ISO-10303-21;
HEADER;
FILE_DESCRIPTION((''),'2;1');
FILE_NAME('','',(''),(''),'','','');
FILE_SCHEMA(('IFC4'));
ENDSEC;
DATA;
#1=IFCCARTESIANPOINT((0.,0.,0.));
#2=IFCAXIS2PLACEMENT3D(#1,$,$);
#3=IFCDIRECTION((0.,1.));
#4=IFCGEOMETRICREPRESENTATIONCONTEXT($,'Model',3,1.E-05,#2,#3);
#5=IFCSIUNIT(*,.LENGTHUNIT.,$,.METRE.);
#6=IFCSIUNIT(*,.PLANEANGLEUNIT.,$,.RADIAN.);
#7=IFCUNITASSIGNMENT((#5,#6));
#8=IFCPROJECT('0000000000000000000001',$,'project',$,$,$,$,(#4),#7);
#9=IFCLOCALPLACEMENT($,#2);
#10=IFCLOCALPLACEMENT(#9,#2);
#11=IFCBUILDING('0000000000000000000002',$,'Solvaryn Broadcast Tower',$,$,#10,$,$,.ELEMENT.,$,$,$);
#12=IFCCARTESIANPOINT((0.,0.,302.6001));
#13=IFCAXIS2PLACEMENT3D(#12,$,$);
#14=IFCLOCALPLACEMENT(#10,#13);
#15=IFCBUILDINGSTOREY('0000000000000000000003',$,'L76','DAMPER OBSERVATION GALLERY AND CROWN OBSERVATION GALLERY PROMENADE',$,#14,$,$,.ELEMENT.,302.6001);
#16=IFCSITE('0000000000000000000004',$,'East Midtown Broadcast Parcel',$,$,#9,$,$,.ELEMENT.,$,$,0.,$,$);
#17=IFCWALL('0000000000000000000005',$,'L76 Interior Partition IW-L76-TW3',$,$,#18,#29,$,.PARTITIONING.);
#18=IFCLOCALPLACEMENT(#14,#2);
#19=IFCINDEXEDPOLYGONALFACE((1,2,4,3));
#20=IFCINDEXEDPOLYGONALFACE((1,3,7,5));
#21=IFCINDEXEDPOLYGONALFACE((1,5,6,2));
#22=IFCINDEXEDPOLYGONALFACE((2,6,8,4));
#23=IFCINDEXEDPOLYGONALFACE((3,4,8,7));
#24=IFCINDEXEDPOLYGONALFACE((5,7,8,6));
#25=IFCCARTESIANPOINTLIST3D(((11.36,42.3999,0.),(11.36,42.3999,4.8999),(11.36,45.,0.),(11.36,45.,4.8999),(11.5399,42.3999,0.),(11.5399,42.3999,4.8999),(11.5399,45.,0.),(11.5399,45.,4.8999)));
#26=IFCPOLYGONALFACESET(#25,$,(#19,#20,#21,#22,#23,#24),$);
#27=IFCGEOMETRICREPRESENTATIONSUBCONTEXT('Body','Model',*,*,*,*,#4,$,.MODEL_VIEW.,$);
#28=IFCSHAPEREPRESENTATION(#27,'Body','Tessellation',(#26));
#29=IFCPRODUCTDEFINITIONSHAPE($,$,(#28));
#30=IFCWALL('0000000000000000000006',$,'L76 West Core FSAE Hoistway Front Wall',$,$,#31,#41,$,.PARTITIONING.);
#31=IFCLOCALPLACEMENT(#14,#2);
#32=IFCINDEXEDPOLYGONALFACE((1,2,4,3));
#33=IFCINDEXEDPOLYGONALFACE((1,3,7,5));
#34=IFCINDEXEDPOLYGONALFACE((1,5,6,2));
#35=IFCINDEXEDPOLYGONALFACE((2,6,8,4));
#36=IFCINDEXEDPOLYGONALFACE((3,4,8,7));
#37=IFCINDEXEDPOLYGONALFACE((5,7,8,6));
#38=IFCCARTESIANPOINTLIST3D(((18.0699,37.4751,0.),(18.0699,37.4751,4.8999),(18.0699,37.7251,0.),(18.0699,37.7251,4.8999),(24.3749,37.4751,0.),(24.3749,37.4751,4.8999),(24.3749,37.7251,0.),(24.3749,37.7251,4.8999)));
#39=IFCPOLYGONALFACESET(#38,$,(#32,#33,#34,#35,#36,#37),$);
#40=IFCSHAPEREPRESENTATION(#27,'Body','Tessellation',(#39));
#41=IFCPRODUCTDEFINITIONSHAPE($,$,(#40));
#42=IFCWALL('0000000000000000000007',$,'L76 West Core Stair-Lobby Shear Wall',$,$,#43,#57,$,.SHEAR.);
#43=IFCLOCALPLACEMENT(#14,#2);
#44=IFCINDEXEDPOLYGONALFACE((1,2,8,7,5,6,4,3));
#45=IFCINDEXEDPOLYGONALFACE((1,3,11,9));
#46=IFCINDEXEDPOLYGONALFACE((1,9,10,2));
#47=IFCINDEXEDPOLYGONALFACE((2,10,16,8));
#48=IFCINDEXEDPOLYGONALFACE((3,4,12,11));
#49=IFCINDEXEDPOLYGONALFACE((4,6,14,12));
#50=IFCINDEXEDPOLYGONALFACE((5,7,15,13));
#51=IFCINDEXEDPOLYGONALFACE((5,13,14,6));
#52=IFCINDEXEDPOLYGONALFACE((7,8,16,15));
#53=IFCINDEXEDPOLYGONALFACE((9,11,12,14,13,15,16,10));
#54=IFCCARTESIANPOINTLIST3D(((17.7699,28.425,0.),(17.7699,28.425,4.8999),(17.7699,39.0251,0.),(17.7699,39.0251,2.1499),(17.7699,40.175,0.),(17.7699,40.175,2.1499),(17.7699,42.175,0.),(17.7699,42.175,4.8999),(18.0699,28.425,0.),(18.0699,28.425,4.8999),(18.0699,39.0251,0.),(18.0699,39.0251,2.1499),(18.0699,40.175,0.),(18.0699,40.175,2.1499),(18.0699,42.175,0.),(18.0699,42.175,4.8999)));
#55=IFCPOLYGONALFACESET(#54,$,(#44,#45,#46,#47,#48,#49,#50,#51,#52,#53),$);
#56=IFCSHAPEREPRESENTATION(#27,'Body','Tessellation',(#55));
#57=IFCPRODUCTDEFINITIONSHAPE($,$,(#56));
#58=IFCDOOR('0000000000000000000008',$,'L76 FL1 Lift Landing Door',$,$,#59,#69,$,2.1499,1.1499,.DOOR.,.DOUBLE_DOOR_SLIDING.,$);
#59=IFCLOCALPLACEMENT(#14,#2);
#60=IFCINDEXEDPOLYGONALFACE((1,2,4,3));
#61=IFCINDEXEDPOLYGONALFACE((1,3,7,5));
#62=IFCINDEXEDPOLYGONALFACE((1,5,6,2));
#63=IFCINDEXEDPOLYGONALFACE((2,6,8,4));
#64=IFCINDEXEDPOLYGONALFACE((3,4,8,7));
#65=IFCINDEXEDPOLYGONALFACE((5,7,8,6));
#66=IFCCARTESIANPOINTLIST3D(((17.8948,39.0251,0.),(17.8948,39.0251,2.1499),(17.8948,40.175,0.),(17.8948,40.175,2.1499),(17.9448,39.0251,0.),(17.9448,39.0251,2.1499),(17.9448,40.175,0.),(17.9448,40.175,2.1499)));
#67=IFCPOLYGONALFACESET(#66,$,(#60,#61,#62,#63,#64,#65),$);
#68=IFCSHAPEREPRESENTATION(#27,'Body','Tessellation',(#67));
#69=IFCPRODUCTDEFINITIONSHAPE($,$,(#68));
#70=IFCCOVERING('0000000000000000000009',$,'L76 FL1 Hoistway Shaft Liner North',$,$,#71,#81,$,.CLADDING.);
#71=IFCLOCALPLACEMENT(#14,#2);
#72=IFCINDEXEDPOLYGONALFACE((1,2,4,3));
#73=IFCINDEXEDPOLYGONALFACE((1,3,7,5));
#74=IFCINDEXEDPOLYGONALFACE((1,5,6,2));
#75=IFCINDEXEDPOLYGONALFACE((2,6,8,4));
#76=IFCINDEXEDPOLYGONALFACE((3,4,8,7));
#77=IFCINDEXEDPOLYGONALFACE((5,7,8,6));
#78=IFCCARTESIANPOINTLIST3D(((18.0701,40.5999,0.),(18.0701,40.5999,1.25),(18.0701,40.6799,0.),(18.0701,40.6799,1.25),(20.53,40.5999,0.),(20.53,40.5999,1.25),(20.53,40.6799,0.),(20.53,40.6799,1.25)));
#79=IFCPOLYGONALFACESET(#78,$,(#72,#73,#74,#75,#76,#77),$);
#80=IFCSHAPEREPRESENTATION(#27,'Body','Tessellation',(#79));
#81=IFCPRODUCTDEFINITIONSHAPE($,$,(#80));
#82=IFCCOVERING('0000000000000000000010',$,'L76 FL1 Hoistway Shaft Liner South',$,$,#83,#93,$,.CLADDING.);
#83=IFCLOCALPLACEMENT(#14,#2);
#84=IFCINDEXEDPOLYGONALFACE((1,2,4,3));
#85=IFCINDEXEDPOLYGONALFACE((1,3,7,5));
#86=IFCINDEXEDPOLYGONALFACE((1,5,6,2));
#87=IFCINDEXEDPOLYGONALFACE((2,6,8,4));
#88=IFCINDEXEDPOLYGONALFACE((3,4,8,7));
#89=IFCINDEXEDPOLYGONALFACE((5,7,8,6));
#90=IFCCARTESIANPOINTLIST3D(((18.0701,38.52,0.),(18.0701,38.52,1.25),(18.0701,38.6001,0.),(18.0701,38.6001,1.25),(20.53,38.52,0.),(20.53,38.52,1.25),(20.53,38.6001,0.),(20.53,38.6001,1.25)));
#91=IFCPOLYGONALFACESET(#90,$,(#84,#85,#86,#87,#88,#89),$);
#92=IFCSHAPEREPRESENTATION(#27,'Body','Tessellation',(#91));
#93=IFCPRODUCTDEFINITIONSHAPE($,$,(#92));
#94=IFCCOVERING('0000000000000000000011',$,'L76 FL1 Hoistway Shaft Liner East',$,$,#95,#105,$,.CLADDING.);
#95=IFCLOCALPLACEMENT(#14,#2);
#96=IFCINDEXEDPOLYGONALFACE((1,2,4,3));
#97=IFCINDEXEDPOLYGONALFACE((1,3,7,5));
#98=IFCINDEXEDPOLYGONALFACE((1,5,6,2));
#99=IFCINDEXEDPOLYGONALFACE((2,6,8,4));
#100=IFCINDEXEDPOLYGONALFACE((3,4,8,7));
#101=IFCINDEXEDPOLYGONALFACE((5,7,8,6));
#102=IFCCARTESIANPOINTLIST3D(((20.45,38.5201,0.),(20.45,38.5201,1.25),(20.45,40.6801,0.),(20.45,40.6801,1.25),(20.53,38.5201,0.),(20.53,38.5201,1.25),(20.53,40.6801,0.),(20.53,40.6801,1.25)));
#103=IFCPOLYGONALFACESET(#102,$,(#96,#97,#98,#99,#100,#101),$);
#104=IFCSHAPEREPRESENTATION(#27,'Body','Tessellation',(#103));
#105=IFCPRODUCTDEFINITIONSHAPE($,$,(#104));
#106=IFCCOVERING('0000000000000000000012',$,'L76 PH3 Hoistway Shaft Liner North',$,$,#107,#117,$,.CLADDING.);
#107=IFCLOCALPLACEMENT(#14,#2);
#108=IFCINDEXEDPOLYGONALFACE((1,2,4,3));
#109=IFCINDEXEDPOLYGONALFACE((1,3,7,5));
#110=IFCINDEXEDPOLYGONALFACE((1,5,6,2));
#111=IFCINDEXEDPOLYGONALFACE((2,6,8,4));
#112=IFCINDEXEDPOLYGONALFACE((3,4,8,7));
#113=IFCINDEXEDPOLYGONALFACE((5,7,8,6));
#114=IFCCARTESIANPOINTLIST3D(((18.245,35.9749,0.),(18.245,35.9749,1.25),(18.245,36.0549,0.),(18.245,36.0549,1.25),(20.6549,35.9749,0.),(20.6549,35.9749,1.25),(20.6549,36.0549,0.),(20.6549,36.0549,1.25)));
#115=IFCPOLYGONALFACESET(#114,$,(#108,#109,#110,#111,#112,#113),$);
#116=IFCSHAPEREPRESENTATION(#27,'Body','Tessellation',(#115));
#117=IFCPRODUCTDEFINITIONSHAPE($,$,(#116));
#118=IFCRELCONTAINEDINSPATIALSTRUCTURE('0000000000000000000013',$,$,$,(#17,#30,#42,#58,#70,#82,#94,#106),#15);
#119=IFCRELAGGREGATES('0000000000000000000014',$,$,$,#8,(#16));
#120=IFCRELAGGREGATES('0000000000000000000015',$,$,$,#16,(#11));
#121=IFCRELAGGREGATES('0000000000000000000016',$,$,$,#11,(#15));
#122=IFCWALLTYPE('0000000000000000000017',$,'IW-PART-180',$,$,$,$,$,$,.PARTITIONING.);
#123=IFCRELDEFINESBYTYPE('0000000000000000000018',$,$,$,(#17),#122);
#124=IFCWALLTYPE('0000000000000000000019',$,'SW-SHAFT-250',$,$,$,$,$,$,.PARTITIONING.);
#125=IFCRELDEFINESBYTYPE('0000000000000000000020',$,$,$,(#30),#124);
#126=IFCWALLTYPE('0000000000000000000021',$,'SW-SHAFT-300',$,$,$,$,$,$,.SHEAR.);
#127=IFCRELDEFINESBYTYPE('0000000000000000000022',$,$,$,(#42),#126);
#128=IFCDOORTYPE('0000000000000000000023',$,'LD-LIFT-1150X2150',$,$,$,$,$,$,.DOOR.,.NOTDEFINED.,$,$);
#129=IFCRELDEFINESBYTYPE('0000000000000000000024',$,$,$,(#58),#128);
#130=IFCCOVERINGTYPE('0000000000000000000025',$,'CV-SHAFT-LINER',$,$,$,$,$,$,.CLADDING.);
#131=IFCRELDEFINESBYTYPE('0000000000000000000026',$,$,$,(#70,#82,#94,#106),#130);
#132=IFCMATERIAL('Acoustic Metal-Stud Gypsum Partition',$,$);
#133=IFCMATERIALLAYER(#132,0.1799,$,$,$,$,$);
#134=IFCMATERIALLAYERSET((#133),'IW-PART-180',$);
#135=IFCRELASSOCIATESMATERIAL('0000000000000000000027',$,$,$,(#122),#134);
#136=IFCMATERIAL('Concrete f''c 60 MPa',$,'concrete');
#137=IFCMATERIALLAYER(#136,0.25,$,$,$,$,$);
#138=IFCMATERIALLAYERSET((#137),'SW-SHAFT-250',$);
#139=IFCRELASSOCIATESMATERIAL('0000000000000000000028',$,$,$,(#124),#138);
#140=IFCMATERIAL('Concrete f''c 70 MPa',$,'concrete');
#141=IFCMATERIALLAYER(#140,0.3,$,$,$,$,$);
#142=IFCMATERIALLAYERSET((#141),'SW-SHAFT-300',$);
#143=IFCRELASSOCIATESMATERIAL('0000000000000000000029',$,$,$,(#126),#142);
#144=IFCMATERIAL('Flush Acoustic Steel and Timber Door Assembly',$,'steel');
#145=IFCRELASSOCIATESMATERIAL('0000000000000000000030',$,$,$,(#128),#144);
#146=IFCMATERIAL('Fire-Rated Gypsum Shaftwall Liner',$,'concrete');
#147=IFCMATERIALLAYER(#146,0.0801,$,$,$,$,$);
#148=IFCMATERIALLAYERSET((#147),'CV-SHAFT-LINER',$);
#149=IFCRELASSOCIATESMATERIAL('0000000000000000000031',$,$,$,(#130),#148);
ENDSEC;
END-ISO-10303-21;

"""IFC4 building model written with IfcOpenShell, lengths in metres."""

from ifc_helpers import new_model, si_unit, direction, frame, frame_2d, origin, origin_2d, place, context, subcontext, project, spatial, rectangle, extrude, material, layer, layer_set, type_object, element, fill, save


model = new_model("IFC4")

# Units and contexts
model_context = context("Model", 3, precision=1e-05, world=origin(), true_north=direction((0.0, 1.0)))
body_context = subcontext(model_context, "Body", "Model", "MODEL_VIEW")
ifc_project = project(units=[si_unit("LENGTHUNIT", "METRE"), si_unit("PLANEANGLEUNIT", "RADIAN")], contexts=[model_context])

# Site, building, storey
site_placement = place(None, origin())
site = spatial("IfcSite", under=ifc_project, at=site_placement, Name="East Midtown Broadcast Parcel", CompositionType="ELEMENT", RefElevation=0.0)
building_placement = place(site_placement, origin())
building = spatial("IfcBuilding", under=site, at=building_placement, Name="Solvaryn Broadcast Tower", CompositionType="ELEMENT")
storey_placement = place(building_placement, frame((0.0, 0.0, 302.6001)))
storey = spatial("IfcBuildingStorey", under=building, at=storey_placement, Name="L76", Description="DAMPER OBSERVATION GALLERY AND CROWN OBSERVATION GALLERY PROMENADE", CompositionType="ELEMENT", Elevation=302.6001)

# Walls
ifc_material_1 = material(Name="Acoustic Metal-Stud Gypsum Partition")
ifc_layer_1 = layer(ifc_material_1, 0.1799)
ifc_layer_set_1 = layer_set([ifc_layer_1], Name="IW-PART-180")
wall_type_1 = type_object("IfcWallType", Name="IW-PART-180", PredefinedType="PARTITIONING", material=ifc_layer_set_1)
wall_1_placement = place(storey_placement, frame((11.45, 42.3999, 0.0), z_axis=(0.0, 0.0, 1.0), x_axis=(0.0, 1.0, 0.0)))
element("IfcWall", 1, at=wall_1_placement, inside=storey, type_object=wall_type_1, Name="L76 Interior Partition IW-L76-TW3", PredefinedType="PARTITIONING", context=body_context, shape_type="SweptSolid", body=[
    extrude(rectangle(XDim=2.6001, YDim=0.1799, at=frame_2d((1.3, 0.0))), origin(), (0.0, 0.0, 1.0), 4.8999),
])
ifc_material_2 = material(Name="Concrete f'c 60 MPa", Category="concrete")
ifc_layer_2 = layer(ifc_material_2, 0.25)
ifc_layer_set_2 = layer_set([ifc_layer_2], Name="SW-SHAFT-250")
wall_type_2 = type_object("IfcWallType", Name="SW-SHAFT-250", PredefinedType="PARTITIONING", material=ifc_layer_set_2)
wall_2_placement = place(storey_placement, frame((18.0701, 37.6001, 0.0), z_axis=(0.0, 0.0, 1.0), x_axis=(1.0, 0.0, 0.0)))
element("IfcWall", 2, at=wall_2_placement, inside=storey, type_object=wall_type_2, Name="L76 West Core FSAE Hoistway Front Wall", PredefinedType="PARTITIONING", context=body_context, shape_type="SweptSolid", body=[
    extrude(rectangle(XDim=6.3049, YDim=0.25, at=frame_2d((3.1523, 0.0))), origin(), (0.0, 0.0, 1.0), 4.8999),
])

# Wall, opening, door
ifc_material_3 = material(Name="Concrete f'c 70 MPa", Category="concrete")
ifc_layer_3 = layer(ifc_material_3, 0.3)
ifc_layer_set_3 = layer_set([ifc_layer_3], Name="SW-SHAFT-300")
wall_type_3 = type_object("IfcWallType", Name="SW-SHAFT-300", PredefinedType="SHEAR", material=ifc_layer_set_3)
wall_3_placement = place(storey_placement, frame((17.9199, 42.175, 0.0), z_axis=(0.0, 0.0, 1.0), x_axis=(0.0, -1.0, 0.0)))
wall_3 = element("IfcWall", 3, at=wall_3_placement, inside=storey, type_object=wall_type_3, Name="L76 West Core Stair-Lobby Shear Wall", PredefinedType="SHEAR", context=body_context, shape_type="SweptSolid", body=[
    extrude(rectangle(XDim=13.75, YDim=0.3, at=frame_2d((6.875, 0.0))), origin(), (0.0, 0.0, 1.0), 4.8999),
])
opening_1_placement = place(wall_3_placement, frame((2.0, 0.0, 0.0)))
opening_1 = element("IfcOpeningElement", 4, at=opening_1_placement, cuts=wall_3, PredefinedType="OPENING", context=body_context, shape_type="SweptSolid", body=[
    extrude(rectangle(XDim=1.1499, YDim=2.1499, at=frame_2d((0.575, 1.075))), frame((0.0, 0.1599, 0.0), z_axis=(0.0, -1.0, 0.0), x_axis=(1.0, 0.0, 0.0)), (0.0, 0.0, 1.0), 0.3201),
])
ifc_material_4 = material(Name="Flush Acoustic Steel and Timber Door Assembly", Category="steel")
door_type_1 = type_object("IfcDoorType", Name="LD-LIFT-1150X2150", OperationType="NOTDEFINED", PredefinedType="DOOR", material=ifc_material_4)
door_1_placement = place(opening_1_placement, origin())
door_1 = element("IfcDoor", 5, at=door_1_placement, inside=storey, type_object=door_type_1, Name="L76 FL1 Lift Landing Door", OperationType="DOUBLE_DOOR_SLIDING", OverallHeight=2.1499, OverallWidth=1.1499, PredefinedType="DOOR", context=body_context, shape_type="SweptSolid", body=[
    extrude(rectangle(XDim=1.1499, YDim=2.1499, at=frame_2d((0.575, 1.075))), frame((0.0, 0.0249, 0.0), z_axis=(0.0, -1.0, 0.0), x_axis=(1.0, 0.0, 0.0)), (0.0, 0.0, 1.0), 0.05),
])
fill(opening_1, door_1)

# Coverings
ifc_material_5 = material(Name="Fire-Rated Gypsum Shaftwall Liner", Category="concrete")
ifc_layer_4 = layer(ifc_material_5, 0.0801)
ifc_layer_set_4 = layer_set([ifc_layer_4], Name="CV-SHAFT-LINER")
covering_type = type_object("IfcCoveringType", Name="CV-SHAFT-LINER", PredefinedType="CLADDING", material=ifc_layer_set_4)
for number, where, z_axis, x_axis, name in (
    (6, (19.3, 40.6399, 0.0), (0.0, 0.0, 1.0), (1.0, 0.0, 0.0), "L76 FL1 Hoistway Shaft Liner North"),
    (7, (19.3, 38.5601, 0.0), (0.0, 0.0, 1.0), (1.0, 0.0, 0.0), "L76 FL1 Hoistway Shaft Liner South"),
):
    element("IfcCovering", number, at=place(storey_placement, frame(where, z_axis=z_axis, x_axis=x_axis)), inside=storey, type_object=covering_type, Name=name, PredefinedType="CLADDING", context=body_context, shape_type="SweptSolid", body=[
        extrude(rectangle(XDim=2.46, YDim=0.0801, at=origin_2d()), origin(), (0.0, 0.0, 1.0), 1.25),
    ])
covering_1_placement = place(storey_placement, frame((20.49, 39.6001, 0.0), z_axis=(0.0, 0.0, 1.0), x_axis=(1.0, 0.0, 0.0)))
element("IfcCovering", 8, at=covering_1_placement, inside=storey, type_object=covering_type, Name="L76 FL1 Hoistway Shaft Liner East", PredefinedType="CLADDING", context=body_context, shape_type="SweptSolid", body=[
    extrude(rectangle(XDim=0.0801, YDim=2.1599, at=origin_2d()), origin(), (0.0, 0.0, 1.0), 1.25),
])
covering_2_placement = place(storey_placement, frame((19.45, 36.0149, 0.0), z_axis=(0.0, 0.0, 1.0), x_axis=(1.0, 0.0, 0.0)))
element("IfcCovering", 9, at=covering_2_placement, inside=storey, type_object=covering_type, Name="L76 PH3 Hoistway Shaft Liner North", PredefinedType="CLADDING", context=body_context, shape_type="SweptSolid", body=[
    extrude(rectangle(XDim=2.4099, YDim=0.0801, at=origin_2d()), origin(), (0.0, 0.0, 1.0), 1.25),
])

save(model, "model.ifc")
